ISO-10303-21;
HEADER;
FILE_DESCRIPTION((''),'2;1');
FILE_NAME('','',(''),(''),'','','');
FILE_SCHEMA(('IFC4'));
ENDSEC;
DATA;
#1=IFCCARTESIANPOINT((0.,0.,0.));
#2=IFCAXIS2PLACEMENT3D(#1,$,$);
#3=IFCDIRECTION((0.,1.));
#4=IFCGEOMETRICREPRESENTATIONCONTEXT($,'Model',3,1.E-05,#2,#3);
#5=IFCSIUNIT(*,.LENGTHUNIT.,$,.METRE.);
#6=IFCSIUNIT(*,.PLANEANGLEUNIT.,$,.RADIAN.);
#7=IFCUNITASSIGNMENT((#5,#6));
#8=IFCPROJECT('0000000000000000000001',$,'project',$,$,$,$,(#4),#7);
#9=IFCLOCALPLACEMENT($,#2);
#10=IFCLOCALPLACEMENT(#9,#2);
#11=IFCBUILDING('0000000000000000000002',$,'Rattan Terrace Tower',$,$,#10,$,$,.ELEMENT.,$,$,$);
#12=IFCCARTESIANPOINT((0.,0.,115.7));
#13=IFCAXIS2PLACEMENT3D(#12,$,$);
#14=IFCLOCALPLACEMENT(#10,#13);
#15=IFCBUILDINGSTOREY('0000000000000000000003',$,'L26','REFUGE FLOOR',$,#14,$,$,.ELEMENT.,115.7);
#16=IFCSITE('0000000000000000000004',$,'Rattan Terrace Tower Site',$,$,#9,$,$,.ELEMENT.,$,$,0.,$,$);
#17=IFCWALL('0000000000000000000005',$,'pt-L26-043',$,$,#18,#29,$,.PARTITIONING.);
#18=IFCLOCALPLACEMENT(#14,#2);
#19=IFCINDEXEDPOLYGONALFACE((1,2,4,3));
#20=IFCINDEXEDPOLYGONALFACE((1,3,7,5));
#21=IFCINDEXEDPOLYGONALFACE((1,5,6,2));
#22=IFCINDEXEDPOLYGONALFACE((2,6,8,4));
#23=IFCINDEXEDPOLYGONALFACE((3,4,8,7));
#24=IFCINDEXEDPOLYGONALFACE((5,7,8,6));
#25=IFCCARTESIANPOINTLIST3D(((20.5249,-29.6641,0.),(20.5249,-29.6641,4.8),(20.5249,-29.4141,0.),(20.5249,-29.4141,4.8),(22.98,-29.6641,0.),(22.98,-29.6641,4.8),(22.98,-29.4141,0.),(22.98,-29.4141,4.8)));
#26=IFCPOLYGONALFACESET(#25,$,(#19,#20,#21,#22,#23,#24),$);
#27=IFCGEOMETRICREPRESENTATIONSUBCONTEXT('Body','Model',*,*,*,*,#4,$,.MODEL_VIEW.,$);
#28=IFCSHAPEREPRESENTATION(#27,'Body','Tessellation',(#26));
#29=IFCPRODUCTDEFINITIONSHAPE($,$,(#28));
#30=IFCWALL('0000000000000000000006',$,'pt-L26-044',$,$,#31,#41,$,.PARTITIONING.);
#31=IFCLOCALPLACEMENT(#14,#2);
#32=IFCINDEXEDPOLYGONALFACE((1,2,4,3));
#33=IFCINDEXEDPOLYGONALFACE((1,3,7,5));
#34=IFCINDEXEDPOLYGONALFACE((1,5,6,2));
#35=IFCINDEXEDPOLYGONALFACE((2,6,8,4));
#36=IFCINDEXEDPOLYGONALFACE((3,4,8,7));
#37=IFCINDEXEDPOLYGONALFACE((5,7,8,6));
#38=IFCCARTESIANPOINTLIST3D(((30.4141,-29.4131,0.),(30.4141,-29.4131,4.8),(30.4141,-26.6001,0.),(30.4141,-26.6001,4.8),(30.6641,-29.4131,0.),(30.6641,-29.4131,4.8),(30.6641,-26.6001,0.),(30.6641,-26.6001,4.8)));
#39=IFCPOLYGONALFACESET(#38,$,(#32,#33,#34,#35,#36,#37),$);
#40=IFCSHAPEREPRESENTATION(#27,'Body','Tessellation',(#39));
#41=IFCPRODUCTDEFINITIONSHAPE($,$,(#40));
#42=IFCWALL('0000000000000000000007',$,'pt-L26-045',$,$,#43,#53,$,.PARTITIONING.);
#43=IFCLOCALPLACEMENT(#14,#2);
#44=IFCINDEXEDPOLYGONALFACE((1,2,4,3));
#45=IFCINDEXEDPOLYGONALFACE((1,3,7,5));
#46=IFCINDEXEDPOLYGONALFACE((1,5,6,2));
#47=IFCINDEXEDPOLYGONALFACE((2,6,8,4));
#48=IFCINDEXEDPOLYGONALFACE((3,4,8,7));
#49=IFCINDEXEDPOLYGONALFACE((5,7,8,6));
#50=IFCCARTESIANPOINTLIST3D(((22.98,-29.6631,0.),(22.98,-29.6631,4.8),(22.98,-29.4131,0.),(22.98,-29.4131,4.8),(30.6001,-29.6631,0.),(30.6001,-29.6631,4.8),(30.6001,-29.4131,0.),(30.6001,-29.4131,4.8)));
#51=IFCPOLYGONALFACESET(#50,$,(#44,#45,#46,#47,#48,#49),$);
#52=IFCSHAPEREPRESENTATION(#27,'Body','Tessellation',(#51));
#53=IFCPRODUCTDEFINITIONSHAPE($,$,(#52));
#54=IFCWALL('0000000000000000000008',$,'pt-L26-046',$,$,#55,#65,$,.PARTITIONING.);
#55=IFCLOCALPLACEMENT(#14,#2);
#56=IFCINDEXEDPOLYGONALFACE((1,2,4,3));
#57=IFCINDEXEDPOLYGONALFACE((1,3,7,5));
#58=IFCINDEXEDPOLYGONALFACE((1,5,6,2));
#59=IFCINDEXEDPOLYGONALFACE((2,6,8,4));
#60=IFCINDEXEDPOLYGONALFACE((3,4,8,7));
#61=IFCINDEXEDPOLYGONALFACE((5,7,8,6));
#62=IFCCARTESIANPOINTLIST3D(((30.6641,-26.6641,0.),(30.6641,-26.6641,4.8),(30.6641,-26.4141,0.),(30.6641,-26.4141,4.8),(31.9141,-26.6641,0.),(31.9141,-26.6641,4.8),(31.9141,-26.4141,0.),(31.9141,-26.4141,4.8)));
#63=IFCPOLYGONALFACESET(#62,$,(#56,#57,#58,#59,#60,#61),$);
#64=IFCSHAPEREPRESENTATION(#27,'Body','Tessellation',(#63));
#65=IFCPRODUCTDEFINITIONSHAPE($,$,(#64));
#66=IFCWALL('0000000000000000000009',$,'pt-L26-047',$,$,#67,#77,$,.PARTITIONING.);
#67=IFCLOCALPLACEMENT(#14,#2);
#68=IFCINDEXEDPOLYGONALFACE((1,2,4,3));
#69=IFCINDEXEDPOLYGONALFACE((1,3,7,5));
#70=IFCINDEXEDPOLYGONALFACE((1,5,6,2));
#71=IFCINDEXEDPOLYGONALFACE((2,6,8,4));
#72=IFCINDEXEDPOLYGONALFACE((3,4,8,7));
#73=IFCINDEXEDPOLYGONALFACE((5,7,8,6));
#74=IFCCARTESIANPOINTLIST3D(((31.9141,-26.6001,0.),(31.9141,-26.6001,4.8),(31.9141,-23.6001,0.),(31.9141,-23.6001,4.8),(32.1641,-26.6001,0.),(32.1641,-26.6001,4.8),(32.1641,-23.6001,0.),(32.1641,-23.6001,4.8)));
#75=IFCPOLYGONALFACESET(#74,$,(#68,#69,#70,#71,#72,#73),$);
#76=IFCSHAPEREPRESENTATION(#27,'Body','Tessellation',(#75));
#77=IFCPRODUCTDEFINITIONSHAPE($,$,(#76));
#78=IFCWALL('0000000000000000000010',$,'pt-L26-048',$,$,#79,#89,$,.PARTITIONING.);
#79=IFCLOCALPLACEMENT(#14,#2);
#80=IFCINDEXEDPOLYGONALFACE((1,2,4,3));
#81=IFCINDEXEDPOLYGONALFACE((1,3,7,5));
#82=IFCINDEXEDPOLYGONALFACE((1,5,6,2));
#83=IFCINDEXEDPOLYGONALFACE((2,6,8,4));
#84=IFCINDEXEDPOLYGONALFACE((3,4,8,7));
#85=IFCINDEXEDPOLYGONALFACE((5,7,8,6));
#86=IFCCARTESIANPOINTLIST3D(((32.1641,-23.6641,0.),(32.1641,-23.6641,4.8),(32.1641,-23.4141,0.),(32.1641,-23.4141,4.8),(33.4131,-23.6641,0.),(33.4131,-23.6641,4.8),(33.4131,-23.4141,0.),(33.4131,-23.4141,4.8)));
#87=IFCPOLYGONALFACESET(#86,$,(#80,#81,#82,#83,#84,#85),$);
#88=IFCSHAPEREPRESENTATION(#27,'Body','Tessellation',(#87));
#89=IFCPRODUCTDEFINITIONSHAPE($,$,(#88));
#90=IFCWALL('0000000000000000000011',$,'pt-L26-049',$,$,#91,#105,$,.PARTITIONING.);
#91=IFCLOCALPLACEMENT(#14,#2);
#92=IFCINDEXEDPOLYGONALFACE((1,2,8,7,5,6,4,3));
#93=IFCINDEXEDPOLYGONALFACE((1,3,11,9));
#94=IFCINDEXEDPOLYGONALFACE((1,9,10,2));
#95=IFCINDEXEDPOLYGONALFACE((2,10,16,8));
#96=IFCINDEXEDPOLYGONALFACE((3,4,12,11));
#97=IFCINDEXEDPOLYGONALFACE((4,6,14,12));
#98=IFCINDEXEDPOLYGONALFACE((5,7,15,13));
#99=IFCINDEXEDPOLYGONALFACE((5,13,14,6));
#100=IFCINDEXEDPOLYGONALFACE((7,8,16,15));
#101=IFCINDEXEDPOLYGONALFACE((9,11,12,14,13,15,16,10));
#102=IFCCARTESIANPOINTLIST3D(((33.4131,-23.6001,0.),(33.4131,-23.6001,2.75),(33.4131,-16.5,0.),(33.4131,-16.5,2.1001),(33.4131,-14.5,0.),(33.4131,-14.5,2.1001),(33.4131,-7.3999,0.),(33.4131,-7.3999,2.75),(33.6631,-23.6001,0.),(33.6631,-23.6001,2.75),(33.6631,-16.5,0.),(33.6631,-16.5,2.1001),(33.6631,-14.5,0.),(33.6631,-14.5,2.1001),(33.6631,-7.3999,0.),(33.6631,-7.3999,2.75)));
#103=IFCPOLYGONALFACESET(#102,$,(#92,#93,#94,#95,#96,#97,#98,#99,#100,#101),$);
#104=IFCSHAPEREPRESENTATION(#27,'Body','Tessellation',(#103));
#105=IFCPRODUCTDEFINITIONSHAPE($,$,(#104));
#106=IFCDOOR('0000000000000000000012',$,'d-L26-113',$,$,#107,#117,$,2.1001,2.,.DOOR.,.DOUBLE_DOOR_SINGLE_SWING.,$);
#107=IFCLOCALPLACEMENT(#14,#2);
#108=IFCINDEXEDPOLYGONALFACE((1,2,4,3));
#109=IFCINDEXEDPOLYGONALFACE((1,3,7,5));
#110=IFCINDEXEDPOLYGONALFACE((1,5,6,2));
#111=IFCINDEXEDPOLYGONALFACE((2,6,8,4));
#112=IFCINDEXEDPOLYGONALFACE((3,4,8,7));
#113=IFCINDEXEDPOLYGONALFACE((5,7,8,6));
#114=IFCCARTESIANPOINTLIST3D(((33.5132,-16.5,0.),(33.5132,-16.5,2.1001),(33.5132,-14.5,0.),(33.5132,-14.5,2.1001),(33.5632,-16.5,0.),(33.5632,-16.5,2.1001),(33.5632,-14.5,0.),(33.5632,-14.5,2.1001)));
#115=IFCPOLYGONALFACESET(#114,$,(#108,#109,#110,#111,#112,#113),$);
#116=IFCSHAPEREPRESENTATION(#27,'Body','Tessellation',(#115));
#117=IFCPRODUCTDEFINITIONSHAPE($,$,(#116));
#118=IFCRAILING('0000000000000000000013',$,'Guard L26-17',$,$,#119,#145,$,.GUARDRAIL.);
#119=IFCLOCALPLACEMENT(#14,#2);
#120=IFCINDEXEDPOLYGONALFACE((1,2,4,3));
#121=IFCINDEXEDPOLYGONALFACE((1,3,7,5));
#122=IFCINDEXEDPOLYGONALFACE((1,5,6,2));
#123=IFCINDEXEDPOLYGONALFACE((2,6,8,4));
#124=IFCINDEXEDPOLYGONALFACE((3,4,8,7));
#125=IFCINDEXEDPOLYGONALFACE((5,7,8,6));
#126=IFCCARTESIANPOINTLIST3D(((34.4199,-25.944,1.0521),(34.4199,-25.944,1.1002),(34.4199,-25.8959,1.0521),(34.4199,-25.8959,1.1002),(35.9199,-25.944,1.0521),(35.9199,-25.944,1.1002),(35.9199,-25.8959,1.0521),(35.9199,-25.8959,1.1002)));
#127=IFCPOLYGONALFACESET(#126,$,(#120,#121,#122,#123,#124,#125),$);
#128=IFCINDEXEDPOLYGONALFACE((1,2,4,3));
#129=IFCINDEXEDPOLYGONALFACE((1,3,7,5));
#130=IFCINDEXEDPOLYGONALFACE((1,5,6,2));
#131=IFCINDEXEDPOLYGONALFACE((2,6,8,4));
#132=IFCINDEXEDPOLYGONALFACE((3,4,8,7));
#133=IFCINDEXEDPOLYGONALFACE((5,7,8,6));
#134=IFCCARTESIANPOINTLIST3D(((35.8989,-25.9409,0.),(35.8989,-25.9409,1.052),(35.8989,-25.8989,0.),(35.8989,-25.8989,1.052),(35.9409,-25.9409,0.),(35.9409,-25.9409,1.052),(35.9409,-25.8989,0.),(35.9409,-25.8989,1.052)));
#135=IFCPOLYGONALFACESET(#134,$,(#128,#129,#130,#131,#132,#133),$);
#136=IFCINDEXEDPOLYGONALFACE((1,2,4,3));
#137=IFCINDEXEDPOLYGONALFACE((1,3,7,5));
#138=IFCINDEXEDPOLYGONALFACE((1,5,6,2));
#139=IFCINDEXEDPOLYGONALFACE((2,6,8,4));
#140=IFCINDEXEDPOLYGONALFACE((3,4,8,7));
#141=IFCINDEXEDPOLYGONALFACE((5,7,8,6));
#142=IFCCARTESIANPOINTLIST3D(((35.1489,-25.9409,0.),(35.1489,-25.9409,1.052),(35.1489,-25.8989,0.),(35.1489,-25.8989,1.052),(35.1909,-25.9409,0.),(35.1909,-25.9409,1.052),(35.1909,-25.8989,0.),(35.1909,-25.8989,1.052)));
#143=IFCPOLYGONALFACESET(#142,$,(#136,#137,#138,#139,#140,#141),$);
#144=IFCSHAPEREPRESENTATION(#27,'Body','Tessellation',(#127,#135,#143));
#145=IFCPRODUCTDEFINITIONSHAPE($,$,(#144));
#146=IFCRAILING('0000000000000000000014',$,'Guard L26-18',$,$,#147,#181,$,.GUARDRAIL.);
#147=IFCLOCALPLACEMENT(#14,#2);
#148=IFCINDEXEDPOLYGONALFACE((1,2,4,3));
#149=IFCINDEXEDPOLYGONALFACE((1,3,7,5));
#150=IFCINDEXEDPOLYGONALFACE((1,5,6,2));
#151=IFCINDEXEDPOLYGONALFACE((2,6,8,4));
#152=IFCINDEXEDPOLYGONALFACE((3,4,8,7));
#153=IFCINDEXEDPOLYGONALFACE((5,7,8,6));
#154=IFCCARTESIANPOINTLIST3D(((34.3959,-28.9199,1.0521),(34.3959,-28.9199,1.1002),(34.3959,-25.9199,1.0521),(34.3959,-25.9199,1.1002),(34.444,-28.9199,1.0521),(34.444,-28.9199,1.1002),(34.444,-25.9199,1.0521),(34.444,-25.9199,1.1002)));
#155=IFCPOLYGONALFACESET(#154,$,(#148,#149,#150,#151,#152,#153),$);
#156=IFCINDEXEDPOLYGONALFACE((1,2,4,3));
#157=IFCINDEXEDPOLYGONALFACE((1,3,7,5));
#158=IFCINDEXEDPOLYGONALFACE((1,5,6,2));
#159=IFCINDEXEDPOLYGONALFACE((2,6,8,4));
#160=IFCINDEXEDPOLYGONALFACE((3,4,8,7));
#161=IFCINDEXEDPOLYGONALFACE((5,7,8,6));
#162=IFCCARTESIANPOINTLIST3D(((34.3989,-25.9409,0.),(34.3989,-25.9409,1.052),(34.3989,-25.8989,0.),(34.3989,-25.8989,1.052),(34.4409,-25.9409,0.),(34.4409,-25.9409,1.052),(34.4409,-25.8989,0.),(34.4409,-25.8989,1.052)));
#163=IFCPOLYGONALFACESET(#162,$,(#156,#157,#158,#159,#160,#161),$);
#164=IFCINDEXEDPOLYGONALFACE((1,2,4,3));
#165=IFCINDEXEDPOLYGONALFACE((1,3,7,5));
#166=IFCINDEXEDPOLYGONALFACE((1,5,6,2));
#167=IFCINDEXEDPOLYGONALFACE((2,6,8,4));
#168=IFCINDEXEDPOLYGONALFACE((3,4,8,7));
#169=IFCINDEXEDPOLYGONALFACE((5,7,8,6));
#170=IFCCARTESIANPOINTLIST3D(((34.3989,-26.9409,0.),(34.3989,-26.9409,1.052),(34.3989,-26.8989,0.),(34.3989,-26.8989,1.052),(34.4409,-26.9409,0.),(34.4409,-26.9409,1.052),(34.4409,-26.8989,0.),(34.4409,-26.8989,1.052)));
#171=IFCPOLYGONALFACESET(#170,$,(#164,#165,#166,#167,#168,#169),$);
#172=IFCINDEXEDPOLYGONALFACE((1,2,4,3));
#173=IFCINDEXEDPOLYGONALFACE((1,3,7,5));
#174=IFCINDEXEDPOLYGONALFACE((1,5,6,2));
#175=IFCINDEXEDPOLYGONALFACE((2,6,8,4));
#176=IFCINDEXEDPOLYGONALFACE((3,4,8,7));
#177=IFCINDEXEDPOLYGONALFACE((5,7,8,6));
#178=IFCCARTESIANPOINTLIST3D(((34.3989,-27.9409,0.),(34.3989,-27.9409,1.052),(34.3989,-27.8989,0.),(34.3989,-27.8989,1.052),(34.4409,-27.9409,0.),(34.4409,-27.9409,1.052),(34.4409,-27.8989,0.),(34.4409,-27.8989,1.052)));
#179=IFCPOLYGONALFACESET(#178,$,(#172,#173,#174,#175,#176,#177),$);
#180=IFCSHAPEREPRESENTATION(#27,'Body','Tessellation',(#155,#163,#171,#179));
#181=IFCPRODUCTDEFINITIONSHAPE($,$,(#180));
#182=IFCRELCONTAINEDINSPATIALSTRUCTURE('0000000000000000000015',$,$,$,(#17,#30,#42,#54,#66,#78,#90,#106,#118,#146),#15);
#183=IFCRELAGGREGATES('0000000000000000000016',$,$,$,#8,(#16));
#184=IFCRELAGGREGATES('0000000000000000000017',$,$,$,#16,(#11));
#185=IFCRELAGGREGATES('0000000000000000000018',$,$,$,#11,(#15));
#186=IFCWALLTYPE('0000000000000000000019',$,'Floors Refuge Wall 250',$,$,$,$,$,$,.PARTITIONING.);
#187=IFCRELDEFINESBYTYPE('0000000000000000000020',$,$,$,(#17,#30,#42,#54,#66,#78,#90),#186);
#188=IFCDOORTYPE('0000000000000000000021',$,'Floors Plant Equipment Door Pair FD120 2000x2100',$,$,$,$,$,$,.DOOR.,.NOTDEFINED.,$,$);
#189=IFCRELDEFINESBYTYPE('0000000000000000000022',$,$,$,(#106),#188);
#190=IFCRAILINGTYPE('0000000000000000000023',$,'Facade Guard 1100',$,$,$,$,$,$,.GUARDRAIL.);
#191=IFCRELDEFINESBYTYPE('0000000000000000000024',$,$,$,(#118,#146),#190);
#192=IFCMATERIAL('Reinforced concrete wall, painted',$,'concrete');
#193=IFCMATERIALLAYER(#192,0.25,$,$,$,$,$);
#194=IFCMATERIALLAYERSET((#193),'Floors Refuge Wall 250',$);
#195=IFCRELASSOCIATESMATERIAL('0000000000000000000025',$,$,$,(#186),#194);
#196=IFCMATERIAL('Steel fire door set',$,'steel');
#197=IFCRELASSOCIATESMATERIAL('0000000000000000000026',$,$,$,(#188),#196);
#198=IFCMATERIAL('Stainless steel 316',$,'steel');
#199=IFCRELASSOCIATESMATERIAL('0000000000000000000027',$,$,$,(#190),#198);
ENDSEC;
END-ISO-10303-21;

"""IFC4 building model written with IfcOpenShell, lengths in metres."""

from ifc_helpers import new_model, si_unit, direction, frame, frame_2d, origin, origin_2d, place, context, subcontext, project, spatial, rectangle, extrude, material, layer, layer_set, type_object, element, fill, save


model = new_model("IFC4")

# Units and contexts
model_context = context("Model", 3, precision=1e-05, world=origin(), true_north=direction((0.0, 1.0)))
body_context = subcontext(model_context, "Body", "Model", "MODEL_VIEW")
ifc_project = project(units=[si_unit("LENGTHUNIT", "METRE"), si_unit("PLANEANGLEUNIT", "RADIAN")], contexts=[model_context])

# Site, building, storey
site_placement = place(None, origin())
site = spatial("IfcSite", under=ifc_project, at=site_placement, Name="Rattan Terrace Tower Site", CompositionType="ELEMENT", RefElevation=0.0)
building_placement = place(site_placement, origin())
building = spatial("IfcBuilding", under=site, at=building_placement, Name="Rattan Terrace Tower", CompositionType="ELEMENT")
storey_placement = place(building_placement, frame((0.0, 0.0, 115.7)))
storey = spatial("IfcBuildingStorey", under=building, at=storey_placement, Name="L26", Description="REFUGE FLOOR", CompositionType="ELEMENT", Elevation=115.7)

# Shared definitions
ifc_material_1 = material(Name="Reinforced concrete wall, painted", Category="concrete")
ifc_layer = layer(ifc_material_1, 0.25)
ifc_layer_set = layer_set([ifc_layer], Name="Floors Refuge Wall 250")
wall_type = type_object("IfcWallType", Name="Floors Refuge Wall 250", PredefinedType="PARTITIONING", material=ifc_layer_set)

# Shared definitions
ifc_material_2 = material(Name="Steel fire door set", Category="steel")
door_type = type_object("IfcDoorType", Name="Floors Plant Equipment Door Pair FD120 2000x2100", OperationType="NOTDEFINED", PredefinedType="DOOR", material=ifc_material_2)

# Walls
wall_1_placement = place(storey_placement, frame((22.98, -29.5391, 0.0), z_axis=(0.0, 0.0, 1.0), x_axis=(-1.0, 0.0, 0.0)))
element("IfcWall", 1, at=wall_1_placement, inside=storey, type_object=wall_type, Name="pt-L26-043", PredefinedType="PARTITIONING", context=body_context, shape_type="SweptSolid", body=[
    extrude(rectangle(XDim=2.4551, YDim=0.25, at=frame_2d((1.2275, 0.0))), origin(), (0.0, 0.0, 1.0), 4.8),
])
wall_2_placement = place(storey_placement, frame((30.5391, -26.6001, 0.0), z_axis=(0.0, 0.0, 1.0), x_axis=(0.0, -1.0, 0.0)))
element("IfcWall", 2, at=wall_2_placement, inside=storey, type_object=wall_type, Name="pt-L26-044", PredefinedType="PARTITIONING", context=body_context, shape_type="SweptSolid", body=[
    extrude(rectangle(XDim=2.813, YDim=0.25, at=frame_2d((1.4065, 0.0))), origin(), (0.0, 0.0, 1.0), 4.8),
])
wall_3_placement = place(storey_placement, frame((30.6001, -29.5381, 0.0), z_axis=(0.0, 0.0, 1.0), x_axis=(-1.0, 0.0, 0.0)))
element("IfcWall", 3, at=wall_3_placement, inside=storey, type_object=wall_type, Name="pt-L26-045", PredefinedType="PARTITIONING", context=body_context, shape_type="SweptSolid", body=[
    extrude(rectangle(XDim=7.6201, YDim=0.25, at=frame_2d((3.8101, 0.0))), origin(), (0.0, 0.0, 1.0), 4.8),
])
wall_4_placement = place(storey_placement, frame((31.9141, -26.5391, 0.0), z_axis=(0.0, 0.0, 1.0), x_axis=(-1.0, 0.0, 0.0)))
element("IfcWall", 4, at=wall_4_placement, inside=storey, type_object=wall_type, Name="pt-L26-046", PredefinedType="PARTITIONING", context=body_context, shape_type="SweptSolid", body=[
    extrude(rectangle(XDim=1.25, YDim=0.25, at=frame_2d((0.625, 0.0))), origin(), (0.0, 0.0, 1.0), 4.8),
])
wall_5_placement = place(storey_placement, frame((32.0391, -23.6001, 0.0), z_axis=(0.0, 0.0, 1.0), x_axis=(0.0, -1.0, 0.0)))
element("IfcWall", 5, at=wall_5_placement, inside=storey, type_object=wall_type, Name="pt-L26-047", PredefinedType="PARTITIONING", context=body_context, shape_type="SweptSolid", body=[
    extrude(rectangle(XDim=3.0, YDim=0.25, at=frame_2d((1.5, 0.0))), origin(), (0.0, 0.0, 1.0), 4.8),
])
wall_6_placement = place(storey_placement, frame((33.4131, -23.5391, 0.0), z_axis=(0.0, 0.0, 1.0), x_axis=(-1.0, 0.0, 0.0)))
element("IfcWall", 6, at=wall_6_placement, inside=storey, type_object=wall_type, Name="pt-L26-048", PredefinedType="PARTITIONING", context=body_context, shape_type="SweptSolid", body=[
    extrude(rectangle(XDim=1.249, YDim=0.25, at=frame_2d((0.6245, 0.0))), origin(), (0.0, 0.0, 1.0), 4.8),
])

# Wall, opening, door
wall_7_placement = place(storey_placement, frame((33.5381, -23.6001, 0.0), z_axis=(0.0, 0.0, 1.0), x_axis=(0.0, 1.0, 0.0)))
wall_7 = element("IfcWall", 7, at=wall_7_placement, inside=storey, type_object=wall_type, Name="pt-L26-049", PredefinedType="PARTITIONING", context=body_context, shape_type="SweptSolid", body=[
    extrude(rectangle(XDim=16.2002, YDim=0.25, at=frame_2d((8.1001, 0.0))), origin(), (0.0, 0.0, 1.0), 2.75),
])
opening_1_placement = place(wall_7_placement, frame((7.1001, 0.0, 0.0)))
opening_1 = element("IfcOpeningElement", 8, at=opening_1_placement, cuts=wall_7, PredefinedType="OPENING", context=body_context, shape_type="SweptSolid", body=[
    extrude(rectangle(XDim=2.0, YDim=2.1001, at=frame_2d((1.0, 1.05))), frame((0.0, 0.1355, 0.0), z_axis=(0.0, -1.0, 0.0), x_axis=(1.0, 0.0, 0.0)), (0.0, 0.0, 1.0), 0.271),
])
door_1_placement = place(opening_1_placement, origin())
door_1 = element("IfcDoor", 9, at=door_1_placement, inside=storey, type_object=door_type, Name="d-L26-113", OperationType="DOUBLE_DOOR_SINGLE_SWING", OverallHeight=2.1001, OverallWidth=2.0, PredefinedType="DOOR", context=body_context, shape_type="SweptSolid", body=[
    extrude(rectangle(XDim=2.0, YDim=2.1001, at=frame_2d((1.0, 1.05))), frame((0.0, 0.0249, 0.0), z_axis=(0.0, -1.0, 0.0), x_axis=(1.0, 0.0, 0.0)), (0.0, 0.0, 1.0), 0.05),
])
fill(opening_1, door_1)

# Railings
ifc_material_3 = material(Name="Stainless steel 316", Category="steel")
railing_type = type_object("IfcRailingType", Name="Facade Guard 1100", PredefinedType="GUARDRAIL", material=ifc_material_3)
railing_1_placement = place(storey_placement, frame((35.9199, -25.9199, 0.0)))
element("IfcRailing", 10, at=railing_1_placement, inside=storey, type_object=railing_type, Name="Guard L26-17", PredefinedType="GUARDRAIL", context=body_context, shape_type="SweptSolid", body=[
    extrude(rectangle(XDim=0.0481, YDim=0.0481, at=origin_2d()), frame((0.0, 0.0, 1.0762), z_axis=(-1.0, 0.0, 0.0), x_axis=(0.0, -1.0, 0.0)), (0.0, 0.0, 1.0), 1.5),
    extrude(rectangle(XDim=0.042, YDim=0.042, at=origin_2d()), origin(), (0.0, 0.0, 1.0), 1.052),
    extrude(rectangle(XDim=0.042, YDim=0.042, at=origin_2d()), frame((-0.75, 0.0, 0.0)), (0.0, 0.0, 1.0), 1.052),
])
railing_2_placement = place(storey_placement, frame((34.4199, -25.9199, 0.0)))
element("IfcRailing", 11, at=railing_2_placement, inside=storey, type_object=railing_type, Name="Guard L26-18", PredefinedType="GUARDRAIL", context=body_context, shape_type="SweptSolid", body=[
    extrude(rectangle(XDim=0.0481, YDim=0.0481, at=origin_2d()), frame((0.0, 0.0, 1.0762), z_axis=(0.0, -1.0, 0.0), x_axis=(1.0, 0.0, 0.0)), (0.0, 0.0, 1.0), 3.0),
    extrude(rectangle(XDim=0.042, YDim=0.042, at=origin_2d()), origin(), (0.0, 0.0, 1.0), 1.052),
    extrude(rectangle(XDim=0.042, YDim=0.042, at=origin_2d()), frame((0.0, -1.0, 0.0)), (0.0, 0.0, 1.0), 1.052),
    extrude(rectangle(XDim=0.042, YDim=0.042, at=origin_2d()), frame((0.0, -2.0, 0.0)), (0.0, 0.0, 1.0), 1.052),
])

save(model, "model.ifc")
